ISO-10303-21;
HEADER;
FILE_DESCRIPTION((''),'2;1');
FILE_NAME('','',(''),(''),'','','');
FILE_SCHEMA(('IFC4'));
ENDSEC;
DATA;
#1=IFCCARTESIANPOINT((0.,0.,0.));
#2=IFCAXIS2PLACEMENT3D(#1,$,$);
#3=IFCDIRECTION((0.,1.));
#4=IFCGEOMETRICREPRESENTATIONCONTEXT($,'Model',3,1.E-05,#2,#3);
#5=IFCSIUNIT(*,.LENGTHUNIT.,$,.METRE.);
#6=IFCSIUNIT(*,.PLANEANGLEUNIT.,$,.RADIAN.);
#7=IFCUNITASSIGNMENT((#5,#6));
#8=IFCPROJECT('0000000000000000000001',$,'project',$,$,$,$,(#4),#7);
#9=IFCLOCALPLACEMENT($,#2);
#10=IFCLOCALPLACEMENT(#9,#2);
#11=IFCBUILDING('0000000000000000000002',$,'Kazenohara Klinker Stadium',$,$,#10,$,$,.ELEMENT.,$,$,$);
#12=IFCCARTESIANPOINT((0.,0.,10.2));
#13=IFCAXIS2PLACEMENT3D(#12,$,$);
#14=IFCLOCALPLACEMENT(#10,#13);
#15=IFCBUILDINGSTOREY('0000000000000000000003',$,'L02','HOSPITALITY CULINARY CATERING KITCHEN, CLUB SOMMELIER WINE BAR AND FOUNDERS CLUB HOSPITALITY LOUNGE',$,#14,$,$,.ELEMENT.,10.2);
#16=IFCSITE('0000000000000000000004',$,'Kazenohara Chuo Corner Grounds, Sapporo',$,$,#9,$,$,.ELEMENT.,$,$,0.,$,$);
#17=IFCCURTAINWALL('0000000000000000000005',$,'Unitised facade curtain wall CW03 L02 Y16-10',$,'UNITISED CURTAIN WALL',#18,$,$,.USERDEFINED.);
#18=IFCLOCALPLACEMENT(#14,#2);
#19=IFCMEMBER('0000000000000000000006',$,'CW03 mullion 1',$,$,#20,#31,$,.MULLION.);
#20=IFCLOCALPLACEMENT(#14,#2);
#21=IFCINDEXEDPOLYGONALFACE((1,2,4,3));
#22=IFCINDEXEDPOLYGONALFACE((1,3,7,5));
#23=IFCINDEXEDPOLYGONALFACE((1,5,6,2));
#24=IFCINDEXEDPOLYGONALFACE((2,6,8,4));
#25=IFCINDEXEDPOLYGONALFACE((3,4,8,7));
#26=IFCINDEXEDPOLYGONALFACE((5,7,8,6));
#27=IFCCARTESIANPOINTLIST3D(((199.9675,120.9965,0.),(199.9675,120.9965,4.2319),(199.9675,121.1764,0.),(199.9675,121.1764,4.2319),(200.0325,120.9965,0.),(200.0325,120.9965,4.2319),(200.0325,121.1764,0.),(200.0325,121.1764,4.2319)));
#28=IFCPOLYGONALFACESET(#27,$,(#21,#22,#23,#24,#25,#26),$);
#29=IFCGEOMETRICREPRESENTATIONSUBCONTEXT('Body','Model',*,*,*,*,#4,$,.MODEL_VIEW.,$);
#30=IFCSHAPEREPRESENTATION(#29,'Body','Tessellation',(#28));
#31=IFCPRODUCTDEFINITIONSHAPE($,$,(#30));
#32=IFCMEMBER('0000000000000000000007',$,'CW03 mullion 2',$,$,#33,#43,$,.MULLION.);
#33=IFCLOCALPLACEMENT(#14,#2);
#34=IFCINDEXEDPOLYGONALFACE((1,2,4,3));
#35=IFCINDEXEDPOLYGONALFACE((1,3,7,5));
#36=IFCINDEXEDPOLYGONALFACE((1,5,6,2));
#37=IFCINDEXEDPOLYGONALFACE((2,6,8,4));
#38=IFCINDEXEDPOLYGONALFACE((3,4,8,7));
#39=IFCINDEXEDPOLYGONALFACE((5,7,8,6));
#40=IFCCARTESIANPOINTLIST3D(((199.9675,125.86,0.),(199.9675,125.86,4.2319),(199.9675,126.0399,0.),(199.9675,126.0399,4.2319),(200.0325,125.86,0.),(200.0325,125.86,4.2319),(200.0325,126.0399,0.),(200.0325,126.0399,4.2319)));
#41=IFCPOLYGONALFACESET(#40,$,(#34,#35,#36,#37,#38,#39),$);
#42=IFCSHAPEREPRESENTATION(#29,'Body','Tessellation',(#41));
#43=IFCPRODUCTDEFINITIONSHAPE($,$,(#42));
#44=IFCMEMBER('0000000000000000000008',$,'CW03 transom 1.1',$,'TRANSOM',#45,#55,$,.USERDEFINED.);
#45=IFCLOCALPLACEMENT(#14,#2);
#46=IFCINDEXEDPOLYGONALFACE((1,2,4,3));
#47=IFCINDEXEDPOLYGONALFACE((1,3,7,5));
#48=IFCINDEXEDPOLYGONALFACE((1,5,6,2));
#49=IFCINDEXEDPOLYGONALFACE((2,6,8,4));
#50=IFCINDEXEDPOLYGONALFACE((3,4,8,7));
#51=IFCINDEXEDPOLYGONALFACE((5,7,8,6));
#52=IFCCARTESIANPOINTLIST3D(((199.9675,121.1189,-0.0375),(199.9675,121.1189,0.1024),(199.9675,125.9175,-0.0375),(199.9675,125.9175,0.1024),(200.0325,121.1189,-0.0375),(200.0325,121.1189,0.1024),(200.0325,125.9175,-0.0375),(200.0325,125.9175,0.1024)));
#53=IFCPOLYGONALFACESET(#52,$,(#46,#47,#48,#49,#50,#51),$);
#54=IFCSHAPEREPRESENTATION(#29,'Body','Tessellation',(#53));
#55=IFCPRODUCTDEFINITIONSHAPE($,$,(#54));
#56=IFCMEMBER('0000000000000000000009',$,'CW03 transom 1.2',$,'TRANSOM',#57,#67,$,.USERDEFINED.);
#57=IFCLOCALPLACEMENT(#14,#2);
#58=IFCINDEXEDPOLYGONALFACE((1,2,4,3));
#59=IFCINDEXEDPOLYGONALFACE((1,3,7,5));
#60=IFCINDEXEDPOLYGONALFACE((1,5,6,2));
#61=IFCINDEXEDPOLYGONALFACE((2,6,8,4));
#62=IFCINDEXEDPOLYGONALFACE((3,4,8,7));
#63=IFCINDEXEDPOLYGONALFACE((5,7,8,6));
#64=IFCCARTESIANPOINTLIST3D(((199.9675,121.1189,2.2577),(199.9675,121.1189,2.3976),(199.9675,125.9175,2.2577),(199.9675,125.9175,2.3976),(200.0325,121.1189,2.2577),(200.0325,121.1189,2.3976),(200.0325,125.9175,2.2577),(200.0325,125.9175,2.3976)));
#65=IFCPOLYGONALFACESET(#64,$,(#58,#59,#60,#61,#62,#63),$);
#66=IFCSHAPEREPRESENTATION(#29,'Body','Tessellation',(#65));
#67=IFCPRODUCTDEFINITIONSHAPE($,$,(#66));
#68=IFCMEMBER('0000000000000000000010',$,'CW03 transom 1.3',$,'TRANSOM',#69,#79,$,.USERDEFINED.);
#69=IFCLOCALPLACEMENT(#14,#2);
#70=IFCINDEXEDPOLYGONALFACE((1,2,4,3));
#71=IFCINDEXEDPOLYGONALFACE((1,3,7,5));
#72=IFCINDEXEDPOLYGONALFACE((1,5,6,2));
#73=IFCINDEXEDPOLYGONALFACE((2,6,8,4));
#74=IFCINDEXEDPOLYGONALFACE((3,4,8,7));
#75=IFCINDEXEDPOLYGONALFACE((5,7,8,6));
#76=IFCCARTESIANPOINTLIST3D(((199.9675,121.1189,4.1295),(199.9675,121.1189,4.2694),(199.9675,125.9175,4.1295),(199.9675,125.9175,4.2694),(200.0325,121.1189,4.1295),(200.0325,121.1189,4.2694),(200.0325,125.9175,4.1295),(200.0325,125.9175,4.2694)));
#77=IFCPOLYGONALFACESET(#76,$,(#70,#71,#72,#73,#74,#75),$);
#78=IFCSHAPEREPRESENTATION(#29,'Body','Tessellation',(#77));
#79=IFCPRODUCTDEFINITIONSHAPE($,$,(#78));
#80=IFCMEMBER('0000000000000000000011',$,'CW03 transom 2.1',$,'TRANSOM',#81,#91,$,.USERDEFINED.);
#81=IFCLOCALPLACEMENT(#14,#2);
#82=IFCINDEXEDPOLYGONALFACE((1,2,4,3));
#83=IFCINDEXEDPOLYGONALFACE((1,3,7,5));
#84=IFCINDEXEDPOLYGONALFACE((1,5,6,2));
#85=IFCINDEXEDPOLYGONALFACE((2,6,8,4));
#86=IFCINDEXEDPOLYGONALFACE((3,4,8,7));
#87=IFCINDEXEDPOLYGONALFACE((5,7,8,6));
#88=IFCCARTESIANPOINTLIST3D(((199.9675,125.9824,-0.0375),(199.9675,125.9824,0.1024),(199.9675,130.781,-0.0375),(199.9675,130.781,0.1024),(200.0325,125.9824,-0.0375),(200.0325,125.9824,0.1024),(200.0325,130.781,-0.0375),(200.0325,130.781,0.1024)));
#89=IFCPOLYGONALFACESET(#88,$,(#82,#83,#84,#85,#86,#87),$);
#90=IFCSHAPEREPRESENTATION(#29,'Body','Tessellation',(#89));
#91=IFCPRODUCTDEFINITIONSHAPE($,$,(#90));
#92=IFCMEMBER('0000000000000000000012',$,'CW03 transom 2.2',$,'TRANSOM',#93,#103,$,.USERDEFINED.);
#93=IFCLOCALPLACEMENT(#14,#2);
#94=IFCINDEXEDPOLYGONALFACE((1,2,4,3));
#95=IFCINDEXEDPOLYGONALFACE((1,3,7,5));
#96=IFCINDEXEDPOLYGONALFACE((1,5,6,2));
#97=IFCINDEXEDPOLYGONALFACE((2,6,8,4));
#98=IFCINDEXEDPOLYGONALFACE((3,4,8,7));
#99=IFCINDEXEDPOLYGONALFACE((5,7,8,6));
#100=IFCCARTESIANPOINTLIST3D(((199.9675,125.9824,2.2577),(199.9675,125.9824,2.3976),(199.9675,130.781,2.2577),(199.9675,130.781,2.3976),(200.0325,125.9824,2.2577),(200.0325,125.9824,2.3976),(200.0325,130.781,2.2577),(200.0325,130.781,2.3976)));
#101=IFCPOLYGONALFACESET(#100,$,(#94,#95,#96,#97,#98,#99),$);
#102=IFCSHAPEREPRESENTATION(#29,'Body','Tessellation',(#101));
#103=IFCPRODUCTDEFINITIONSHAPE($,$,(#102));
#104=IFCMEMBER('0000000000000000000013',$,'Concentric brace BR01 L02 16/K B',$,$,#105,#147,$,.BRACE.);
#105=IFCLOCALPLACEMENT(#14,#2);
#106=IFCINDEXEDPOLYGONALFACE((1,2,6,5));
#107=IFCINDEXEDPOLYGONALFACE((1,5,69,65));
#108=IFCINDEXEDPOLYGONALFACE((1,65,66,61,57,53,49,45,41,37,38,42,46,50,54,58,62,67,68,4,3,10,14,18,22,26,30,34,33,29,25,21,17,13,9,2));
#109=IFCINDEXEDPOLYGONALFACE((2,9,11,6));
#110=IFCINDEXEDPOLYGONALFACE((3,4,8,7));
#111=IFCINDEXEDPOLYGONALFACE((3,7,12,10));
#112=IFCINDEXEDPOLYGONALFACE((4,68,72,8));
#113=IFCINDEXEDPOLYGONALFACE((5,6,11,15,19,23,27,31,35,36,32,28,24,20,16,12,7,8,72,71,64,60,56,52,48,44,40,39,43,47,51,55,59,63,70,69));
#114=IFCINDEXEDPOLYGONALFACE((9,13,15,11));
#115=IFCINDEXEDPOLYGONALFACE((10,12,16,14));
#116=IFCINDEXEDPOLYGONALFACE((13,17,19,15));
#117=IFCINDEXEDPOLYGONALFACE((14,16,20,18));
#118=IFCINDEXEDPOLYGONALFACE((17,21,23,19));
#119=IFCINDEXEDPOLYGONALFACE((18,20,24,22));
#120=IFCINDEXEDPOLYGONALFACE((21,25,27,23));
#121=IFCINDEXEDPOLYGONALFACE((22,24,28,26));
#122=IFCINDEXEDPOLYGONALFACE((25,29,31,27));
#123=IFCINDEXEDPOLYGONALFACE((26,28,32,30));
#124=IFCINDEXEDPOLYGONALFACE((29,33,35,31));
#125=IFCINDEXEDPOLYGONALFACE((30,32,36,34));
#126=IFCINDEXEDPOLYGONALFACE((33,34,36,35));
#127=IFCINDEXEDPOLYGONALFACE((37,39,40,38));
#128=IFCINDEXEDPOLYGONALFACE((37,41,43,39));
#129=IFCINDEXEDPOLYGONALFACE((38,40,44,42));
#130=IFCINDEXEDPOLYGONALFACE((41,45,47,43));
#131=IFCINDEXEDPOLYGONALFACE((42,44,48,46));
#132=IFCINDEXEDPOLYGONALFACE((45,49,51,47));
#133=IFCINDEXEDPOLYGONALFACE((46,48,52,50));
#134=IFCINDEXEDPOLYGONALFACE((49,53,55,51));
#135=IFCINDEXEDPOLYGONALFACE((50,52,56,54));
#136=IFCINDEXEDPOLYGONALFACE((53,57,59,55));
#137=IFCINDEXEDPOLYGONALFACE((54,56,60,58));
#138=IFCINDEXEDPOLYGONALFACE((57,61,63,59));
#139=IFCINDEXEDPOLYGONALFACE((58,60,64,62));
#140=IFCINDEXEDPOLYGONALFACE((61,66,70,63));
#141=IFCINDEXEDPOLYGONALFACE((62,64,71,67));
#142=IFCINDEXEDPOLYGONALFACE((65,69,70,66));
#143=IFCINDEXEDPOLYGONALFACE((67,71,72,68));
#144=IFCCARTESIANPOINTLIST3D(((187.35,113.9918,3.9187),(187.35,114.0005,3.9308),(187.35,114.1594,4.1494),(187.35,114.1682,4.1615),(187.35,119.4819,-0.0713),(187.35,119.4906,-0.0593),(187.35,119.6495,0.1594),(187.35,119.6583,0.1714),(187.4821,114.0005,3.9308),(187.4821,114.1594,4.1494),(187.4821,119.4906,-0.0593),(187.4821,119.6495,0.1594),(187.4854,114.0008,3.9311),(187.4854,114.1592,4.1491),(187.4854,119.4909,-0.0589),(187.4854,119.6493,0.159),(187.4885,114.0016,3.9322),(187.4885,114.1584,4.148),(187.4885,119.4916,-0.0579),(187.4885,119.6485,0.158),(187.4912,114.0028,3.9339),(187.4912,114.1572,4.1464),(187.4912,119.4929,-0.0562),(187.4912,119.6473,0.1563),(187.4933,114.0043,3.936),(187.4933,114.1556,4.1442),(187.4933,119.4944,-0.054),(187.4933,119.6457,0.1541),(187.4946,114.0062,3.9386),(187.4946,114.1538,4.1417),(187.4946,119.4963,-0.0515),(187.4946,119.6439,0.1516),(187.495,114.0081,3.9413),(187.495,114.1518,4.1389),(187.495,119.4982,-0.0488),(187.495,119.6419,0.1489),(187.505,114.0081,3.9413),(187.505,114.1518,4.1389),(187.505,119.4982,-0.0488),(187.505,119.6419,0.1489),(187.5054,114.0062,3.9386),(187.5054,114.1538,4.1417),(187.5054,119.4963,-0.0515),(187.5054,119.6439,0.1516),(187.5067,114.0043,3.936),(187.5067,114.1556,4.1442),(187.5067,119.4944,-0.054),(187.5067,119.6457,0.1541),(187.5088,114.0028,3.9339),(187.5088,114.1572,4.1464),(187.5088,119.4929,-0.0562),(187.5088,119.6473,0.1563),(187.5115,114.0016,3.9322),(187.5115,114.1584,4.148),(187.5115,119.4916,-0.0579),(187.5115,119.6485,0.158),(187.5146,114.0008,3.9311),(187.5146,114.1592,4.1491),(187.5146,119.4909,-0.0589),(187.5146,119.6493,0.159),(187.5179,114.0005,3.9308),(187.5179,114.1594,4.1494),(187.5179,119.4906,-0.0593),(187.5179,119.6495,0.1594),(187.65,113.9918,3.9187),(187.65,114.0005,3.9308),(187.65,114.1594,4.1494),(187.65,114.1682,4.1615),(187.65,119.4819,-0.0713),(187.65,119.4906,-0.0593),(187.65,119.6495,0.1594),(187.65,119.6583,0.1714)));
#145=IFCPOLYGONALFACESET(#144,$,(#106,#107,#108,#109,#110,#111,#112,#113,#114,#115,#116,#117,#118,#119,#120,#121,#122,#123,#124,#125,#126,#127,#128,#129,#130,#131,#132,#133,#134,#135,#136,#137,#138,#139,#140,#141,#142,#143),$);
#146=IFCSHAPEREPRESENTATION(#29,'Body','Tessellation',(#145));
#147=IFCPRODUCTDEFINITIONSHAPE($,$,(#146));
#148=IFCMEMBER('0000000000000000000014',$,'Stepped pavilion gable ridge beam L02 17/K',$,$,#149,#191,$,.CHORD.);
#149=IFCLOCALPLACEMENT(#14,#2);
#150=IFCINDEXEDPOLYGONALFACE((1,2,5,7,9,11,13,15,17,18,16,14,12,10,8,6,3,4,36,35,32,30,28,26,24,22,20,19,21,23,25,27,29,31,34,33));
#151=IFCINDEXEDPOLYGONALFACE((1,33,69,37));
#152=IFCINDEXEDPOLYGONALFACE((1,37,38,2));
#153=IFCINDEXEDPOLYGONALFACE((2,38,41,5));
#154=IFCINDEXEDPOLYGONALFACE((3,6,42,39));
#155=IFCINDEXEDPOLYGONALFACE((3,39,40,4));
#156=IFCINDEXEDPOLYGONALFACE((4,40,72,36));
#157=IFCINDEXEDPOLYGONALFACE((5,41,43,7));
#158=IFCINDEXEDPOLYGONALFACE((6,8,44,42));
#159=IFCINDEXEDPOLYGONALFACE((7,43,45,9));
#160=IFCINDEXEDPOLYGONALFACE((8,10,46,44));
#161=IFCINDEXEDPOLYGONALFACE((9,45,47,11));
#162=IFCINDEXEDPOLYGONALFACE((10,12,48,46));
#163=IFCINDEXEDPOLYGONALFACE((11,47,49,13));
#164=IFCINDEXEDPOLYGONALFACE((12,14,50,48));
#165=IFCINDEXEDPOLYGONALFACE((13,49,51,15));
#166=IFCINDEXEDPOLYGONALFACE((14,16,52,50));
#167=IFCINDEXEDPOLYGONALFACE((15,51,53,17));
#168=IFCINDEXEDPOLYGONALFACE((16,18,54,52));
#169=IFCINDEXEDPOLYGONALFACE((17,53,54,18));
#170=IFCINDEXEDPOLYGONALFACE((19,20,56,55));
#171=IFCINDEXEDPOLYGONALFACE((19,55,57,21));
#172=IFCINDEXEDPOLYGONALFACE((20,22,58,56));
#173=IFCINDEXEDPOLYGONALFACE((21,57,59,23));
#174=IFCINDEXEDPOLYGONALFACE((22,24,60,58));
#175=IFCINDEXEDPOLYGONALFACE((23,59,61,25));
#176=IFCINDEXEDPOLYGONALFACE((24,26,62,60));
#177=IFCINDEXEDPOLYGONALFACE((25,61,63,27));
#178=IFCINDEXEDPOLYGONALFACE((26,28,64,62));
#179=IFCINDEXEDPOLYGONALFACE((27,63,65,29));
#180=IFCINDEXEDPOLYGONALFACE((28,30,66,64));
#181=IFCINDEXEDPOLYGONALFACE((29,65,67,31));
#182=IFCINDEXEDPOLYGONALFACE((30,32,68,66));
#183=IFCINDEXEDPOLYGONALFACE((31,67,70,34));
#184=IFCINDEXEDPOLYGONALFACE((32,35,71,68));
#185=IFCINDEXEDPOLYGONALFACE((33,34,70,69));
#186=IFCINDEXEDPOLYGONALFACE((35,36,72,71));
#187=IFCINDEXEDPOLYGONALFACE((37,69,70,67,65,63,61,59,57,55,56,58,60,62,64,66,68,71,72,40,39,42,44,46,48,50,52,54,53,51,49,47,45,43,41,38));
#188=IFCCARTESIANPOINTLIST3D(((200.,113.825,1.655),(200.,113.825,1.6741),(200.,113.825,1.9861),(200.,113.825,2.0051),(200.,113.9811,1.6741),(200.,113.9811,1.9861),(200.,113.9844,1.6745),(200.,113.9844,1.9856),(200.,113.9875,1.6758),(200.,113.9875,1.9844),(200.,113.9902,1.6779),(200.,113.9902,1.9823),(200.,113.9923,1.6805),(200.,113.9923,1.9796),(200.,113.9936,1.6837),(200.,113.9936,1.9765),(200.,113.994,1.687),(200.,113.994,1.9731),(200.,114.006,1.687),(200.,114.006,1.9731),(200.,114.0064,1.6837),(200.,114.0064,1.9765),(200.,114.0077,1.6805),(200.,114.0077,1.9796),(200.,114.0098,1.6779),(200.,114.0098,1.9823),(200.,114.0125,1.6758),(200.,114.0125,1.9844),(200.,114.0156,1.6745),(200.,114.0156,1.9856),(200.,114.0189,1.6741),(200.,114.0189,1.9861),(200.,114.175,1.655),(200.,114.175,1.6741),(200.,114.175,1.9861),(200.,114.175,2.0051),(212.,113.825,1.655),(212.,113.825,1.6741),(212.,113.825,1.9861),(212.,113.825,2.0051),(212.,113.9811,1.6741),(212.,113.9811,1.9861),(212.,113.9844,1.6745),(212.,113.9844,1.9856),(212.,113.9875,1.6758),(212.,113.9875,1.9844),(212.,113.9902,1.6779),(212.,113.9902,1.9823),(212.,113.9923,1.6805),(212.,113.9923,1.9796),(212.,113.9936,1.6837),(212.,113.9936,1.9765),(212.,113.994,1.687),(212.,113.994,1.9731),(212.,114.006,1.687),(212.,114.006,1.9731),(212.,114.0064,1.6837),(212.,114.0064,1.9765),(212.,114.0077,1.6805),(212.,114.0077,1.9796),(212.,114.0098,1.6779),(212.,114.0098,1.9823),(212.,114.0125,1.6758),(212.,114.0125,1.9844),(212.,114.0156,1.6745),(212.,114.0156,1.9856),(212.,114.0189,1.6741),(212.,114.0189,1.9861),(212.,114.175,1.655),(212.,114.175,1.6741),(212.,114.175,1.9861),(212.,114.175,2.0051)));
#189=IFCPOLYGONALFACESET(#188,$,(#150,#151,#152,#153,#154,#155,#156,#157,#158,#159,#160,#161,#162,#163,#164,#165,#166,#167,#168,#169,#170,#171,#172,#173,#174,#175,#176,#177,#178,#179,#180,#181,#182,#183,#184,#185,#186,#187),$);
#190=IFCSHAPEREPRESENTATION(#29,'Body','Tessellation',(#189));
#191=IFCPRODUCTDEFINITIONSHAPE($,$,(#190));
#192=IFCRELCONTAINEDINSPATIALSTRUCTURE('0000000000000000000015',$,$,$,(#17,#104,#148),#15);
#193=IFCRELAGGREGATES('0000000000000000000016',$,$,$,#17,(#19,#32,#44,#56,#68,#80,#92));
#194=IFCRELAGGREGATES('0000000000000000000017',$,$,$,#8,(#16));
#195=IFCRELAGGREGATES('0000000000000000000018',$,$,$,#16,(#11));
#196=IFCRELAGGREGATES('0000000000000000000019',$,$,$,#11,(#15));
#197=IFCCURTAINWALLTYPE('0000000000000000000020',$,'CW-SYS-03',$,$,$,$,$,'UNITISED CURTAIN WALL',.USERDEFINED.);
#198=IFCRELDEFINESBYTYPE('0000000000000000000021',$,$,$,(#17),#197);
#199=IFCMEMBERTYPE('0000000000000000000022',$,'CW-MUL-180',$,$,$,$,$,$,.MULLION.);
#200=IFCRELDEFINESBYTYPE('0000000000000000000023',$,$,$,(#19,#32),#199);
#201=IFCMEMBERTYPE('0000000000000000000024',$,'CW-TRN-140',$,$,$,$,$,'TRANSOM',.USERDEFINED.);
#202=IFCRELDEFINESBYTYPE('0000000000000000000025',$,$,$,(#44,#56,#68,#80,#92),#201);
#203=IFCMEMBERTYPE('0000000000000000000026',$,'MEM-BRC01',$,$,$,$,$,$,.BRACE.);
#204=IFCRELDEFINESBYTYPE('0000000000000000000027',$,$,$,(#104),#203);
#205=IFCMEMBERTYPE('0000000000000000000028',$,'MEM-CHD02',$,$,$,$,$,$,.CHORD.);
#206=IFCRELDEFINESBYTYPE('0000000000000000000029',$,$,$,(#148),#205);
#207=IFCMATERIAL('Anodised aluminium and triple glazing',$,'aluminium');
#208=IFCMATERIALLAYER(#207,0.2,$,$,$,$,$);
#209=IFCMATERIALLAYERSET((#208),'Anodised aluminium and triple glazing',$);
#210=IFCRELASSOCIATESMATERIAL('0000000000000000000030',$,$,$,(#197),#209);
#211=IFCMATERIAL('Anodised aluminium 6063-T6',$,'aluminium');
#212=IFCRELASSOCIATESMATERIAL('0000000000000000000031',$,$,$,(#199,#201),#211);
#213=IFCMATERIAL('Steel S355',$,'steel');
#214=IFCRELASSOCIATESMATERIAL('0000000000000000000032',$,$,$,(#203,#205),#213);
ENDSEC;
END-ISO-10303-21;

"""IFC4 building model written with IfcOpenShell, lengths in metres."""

from ifc_helpers import new_model, si_unit, direction, frame, origin, origin_2d, place, context, subcontext, project, spatial, rectangle, i_section, extrude, material, layer, layer_set, material_profile, profile_set, type_object, element, aggregate, save


model = new_model("IFC4")

# Units and contexts
model_context = context("Model", 3, precision=1e-05, world=origin(), true_north=direction((0.0, 1.0)))
body_context = subcontext(model_context, "Body", "Model", "MODEL_VIEW")
ifc_project = project(units=[si_unit("LENGTHUNIT", "METRE"), si_unit("PLANEANGLEUNIT", "RADIAN")], contexts=[model_context])

# Site, building, storey
site_placement = place(None, origin())
site = spatial("IfcSite", under=ifc_project, at=site_placement, Name="Kazenohara Chuo Corner Grounds, Sapporo", CompositionType="ELEMENT", RefElevation=0.0)
building_placement = place(site_placement, origin())
building = spatial("IfcBuilding", under=site, at=building_placement, Name="Kazenohara Klinker Stadium", CompositionType="ELEMENT")
storey_placement = place(building_placement, frame((0.0, 0.0, 10.2)))
storey = spatial("IfcBuildingStorey", under=building, at=storey_placement, Name="L02", Description="HOSPITALITY CULINARY CATERING KITCHEN, CLUB SOMMELIER WINE BAR AND FOUNDERS CLUB HOSPITALITY LOUNGE", CompositionType="ELEMENT", Elevation=10.2)

# Shared definitions
ifc_material_1 = material(Name="Steel S355", Category="steel")

# Curtain wall, members
ifc_material_2 = material(Name="Anodised aluminium and triple glazing", Category="aluminium")
ifc_layer_1 = layer(ifc_material_2, 0.2)
ifc_layer_set_1 = layer_set([ifc_layer_1], Name="Anodised aluminium and triple glazing")
curtain_wall_type = type_object("IfcCurtainWallType", Name="CW-SYS-03", ElementType="UNITISED CURTAIN WALL", PredefinedType="USERDEFINED", material=ifc_layer_set_1)
curtain_wall_placement = place(storey_placement, origin())
curtain_wall = element("IfcCurtainWall", 1, at=curtain_wall_placement, inside=storey, type_object=curtain_wall_type, Name="Unitised facade curtain wall CW03 L02 Y16-10", ObjectType="UNITISED CURTAIN WALL", PredefinedType="USERDEFINED")
ifc_material_3 = material(Name="Anodised aluminium 6063-T6", Category="aluminium")
ifc_material_profile_1 = material_profile(ifc_material_3, rectangle(XDim=0.0649, YDim=0.1799, at=origin_2d()), Name="ALU-MUL-65x180")
ifc_profile_set_1 = profile_set([ifc_material_profile_1], Name="Anodised aluminium 6063-T6")
member_type_1 = type_object("IfcMemberType", Name="CW-MUL-180", PredefinedType="MULLION", material=ifc_profile_set_1)
member_1_placement = place(storey_placement, frame((200.0, 121.0864, 0.0), z_axis=(0.0, 0.0, 1.0), x_axis=(-1.0, 0.0, 0.0)))
member_1 = element("IfcMember", 2, at=member_1_placement, type_object=member_type_1, Name="CW03 mullion 1", PredefinedType="MULLION", context=body_context, shape_type="SweptSolid", body=[
    extrude(rectangle(XDim=0.0649, YDim=0.1799, at=origin_2d()), origin(), (0.0, 0.0, 1.0), 4.2319),
])
member_2_placement = place(storey_placement, frame((200.0, 125.95, 0.0), z_axis=(0.0, 0.0, 1.0), x_axis=(-1.0, 0.0, 0.0)))
member_2 = element("IfcMember", 3, at=member_2_placement, type_object=member_type_1, Name="CW03 mullion 2", PredefinedType="MULLION", context=body_context, shape_type="SweptSolid", body=[
    extrude(rectangle(XDim=0.0649, YDim=0.1799, at=origin_2d()), origin(), (0.0, 0.0, 1.0), 4.2319),
])
ifc_material_profile_2 = material_profile(ifc_material_3, rectangle(XDim=0.0649, YDim=0.1399, at=origin_2d()), Name="ALU-TRN-65x140")
ifc_profile_set_2 = profile_set([ifc_material_profile_2], Name="Anodised aluminium 6063-T6")
member_type_2 = type_object("IfcMemberType", Name="CW-TRN-140", ElementType="TRANSOM", PredefinedType="USERDEFINED", material=ifc_profile_set_2)
member_3_placement = place(storey_placement, frame((200.0, 121.1189, 0.0325), z_axis=(0.0, 1.0, 0.0), x_axis=(-1.0, 0.0, 0.0)))
member_3 = element("IfcMember", 4, at=member_3_placement, type_object=member_type_2, Name="CW03 transom 1.1", ObjectType="TRANSOM", PredefinedType="USERDEFINED", context=body_context, shape_type="SweptSolid", body=[
    extrude(rectangle(XDim=0.0649, YDim=0.1399, at=origin_2d()), origin(), (0.0, 0.0, 1.0), 4.7986),
])
member_4_placement = place(storey_placement, frame((200.0, 121.1189, 2.3276), z_axis=(0.0, 1.0, 0.0), x_axis=(-1.0, 0.0, 0.0)))
member_4 = element("IfcMember", 5, at=member_4_placement, type_object=member_type_2, Name="CW03 transom 1.2", ObjectType="TRANSOM", PredefinedType="USERDEFINED", context=body_context, shape_type="SweptSolid", body=[
    extrude(rectangle(XDim=0.0649, YDim=0.1399, at=origin_2d()), origin(), (0.0, 0.0, 1.0), 4.7986),
])
member_5_placement = place(storey_placement, frame((200.0, 121.1189, 4.1995), z_axis=(0.0, 1.0, 0.0), x_axis=(-1.0, 0.0, 0.0)))
member_5 = element("IfcMember", 6, at=member_5_placement, type_object=member_type_2, Name="CW03 transom 1.3", ObjectType="TRANSOM", PredefinedType="USERDEFINED", context=body_context, shape_type="SweptSolid", body=[
    extrude(rectangle(XDim=0.0649, YDim=0.1399, at=origin_2d()), origin(), (0.0, 0.0, 1.0), 4.7986),
])
member_6_placement = place(storey_placement, frame((200.0, 125.9824, 0.0325), z_axis=(0.0, 1.0, 0.0), x_axis=(-1.0, 0.0, 0.0)))
member_6 = element("IfcMember", 7, at=member_6_placement, type_object=member_type_2, Name="CW03 transom 2.1", ObjectType="TRANSOM", PredefinedType="USERDEFINED", context=body_context, shape_type="SweptSolid", body=[
    extrude(rectangle(XDim=0.0649, YDim=0.1399, at=origin_2d()), origin(), (0.0, 0.0, 1.0), 4.7986),
])
member_7_placement = place(storey_placement, frame((200.0, 125.9824, 2.3276), z_axis=(0.0, 1.0, 0.0), x_axis=(-1.0, 0.0, 0.0)))
member_7 = element("IfcMember", 8, at=member_7_placement, type_object=member_type_2, Name="CW03 transom 2.2", ObjectType="TRANSOM", PredefinedType="USERDEFINED", context=body_context, shape_type="SweptSolid", body=[
    extrude(rectangle(XDim=0.0649, YDim=0.1399, at=origin_2d()), origin(), (0.0, 0.0, 1.0), 4.7986),
])

# Members
ifc_material_profile_3 = material_profile(ifc_material_1, i_section(OverallWidth=0.3, OverallDepth=0.3, WebThickness=0.01, FlangeThickness=0.0149, FilletRadius=0.0129, at=origin_2d()), Name="H-300x300x10x15")
ifc_profile_set_3 = profile_set([ifc_material_profile_3], Name="Steel S355")
member_type_3 = type_object("IfcMemberType", Name="MEM-BRC01", PredefinedType="BRACE", material=ifc_profile_set_3)
member_8_placement = place(storey_placement, frame((187.5, 119.5701, 0.05), z_axis=(0.0, -0.808927, 0.587909), x_axis=(1.0, 0.0, 0.0)))
element("IfcMember", 9, at=member_8_placement, inside=storey, type_object=member_type_3, Name="Concentric brace BR01 L02 16/K B", PredefinedType="BRACE", context=body_context, shape_type="SweptSolid", body=[
    extrude(i_section(OverallWidth=0.3, OverallDepth=0.3, WebThickness=0.01, FlangeThickness=0.0149, FilletRadius=0.0129, at=origin_2d()), origin(), (0.0, 0.0, 1.0), 6.7869),
])
ifc_material_profile_4 = material_profile(ifc_material_1, i_section(OverallWidth=0.3501, OverallDepth=0.3501, WebThickness=0.012, FlangeThickness=0.019, FilletRadius=0.0129, at=origin_2d()), Name="H-350x350x12x19")
ifc_profile_set_4 = profile_set([ifc_material_profile_4], Name="Steel S355")
member_type_4 = type_object("IfcMemberType", Name="MEM-CHD02", PredefinedType="CHORD", material=ifc_profile_set_4)
member_9_placement = place(storey_placement, frame((200.0, 114.0, 1.8301), z_axis=(1.0, 0.0, 0.0), x_axis=(0.0, 1.0, 0.0)))
element("IfcMember", 10, at=member_9_placement, inside=storey, type_object=member_type_4, Name="Stepped pavilion gable ridge beam L02 17/K", PredefinedType="CHORD", context=body_context, shape_type="SweptSolid", body=[
    extrude(i_section(OverallWidth=0.3501, OverallDepth=0.3501, WebThickness=0.012, FlangeThickness=0.019, FilletRadius=0.0129, at=origin_2d()), origin(), (0.0, 0.0, 1.0), 12.0),
])

aggregate(curtain_wall, [member_1, member_2, member_3, member_4, member_5, member_6, member_7])

save(model, "model.ifc")
